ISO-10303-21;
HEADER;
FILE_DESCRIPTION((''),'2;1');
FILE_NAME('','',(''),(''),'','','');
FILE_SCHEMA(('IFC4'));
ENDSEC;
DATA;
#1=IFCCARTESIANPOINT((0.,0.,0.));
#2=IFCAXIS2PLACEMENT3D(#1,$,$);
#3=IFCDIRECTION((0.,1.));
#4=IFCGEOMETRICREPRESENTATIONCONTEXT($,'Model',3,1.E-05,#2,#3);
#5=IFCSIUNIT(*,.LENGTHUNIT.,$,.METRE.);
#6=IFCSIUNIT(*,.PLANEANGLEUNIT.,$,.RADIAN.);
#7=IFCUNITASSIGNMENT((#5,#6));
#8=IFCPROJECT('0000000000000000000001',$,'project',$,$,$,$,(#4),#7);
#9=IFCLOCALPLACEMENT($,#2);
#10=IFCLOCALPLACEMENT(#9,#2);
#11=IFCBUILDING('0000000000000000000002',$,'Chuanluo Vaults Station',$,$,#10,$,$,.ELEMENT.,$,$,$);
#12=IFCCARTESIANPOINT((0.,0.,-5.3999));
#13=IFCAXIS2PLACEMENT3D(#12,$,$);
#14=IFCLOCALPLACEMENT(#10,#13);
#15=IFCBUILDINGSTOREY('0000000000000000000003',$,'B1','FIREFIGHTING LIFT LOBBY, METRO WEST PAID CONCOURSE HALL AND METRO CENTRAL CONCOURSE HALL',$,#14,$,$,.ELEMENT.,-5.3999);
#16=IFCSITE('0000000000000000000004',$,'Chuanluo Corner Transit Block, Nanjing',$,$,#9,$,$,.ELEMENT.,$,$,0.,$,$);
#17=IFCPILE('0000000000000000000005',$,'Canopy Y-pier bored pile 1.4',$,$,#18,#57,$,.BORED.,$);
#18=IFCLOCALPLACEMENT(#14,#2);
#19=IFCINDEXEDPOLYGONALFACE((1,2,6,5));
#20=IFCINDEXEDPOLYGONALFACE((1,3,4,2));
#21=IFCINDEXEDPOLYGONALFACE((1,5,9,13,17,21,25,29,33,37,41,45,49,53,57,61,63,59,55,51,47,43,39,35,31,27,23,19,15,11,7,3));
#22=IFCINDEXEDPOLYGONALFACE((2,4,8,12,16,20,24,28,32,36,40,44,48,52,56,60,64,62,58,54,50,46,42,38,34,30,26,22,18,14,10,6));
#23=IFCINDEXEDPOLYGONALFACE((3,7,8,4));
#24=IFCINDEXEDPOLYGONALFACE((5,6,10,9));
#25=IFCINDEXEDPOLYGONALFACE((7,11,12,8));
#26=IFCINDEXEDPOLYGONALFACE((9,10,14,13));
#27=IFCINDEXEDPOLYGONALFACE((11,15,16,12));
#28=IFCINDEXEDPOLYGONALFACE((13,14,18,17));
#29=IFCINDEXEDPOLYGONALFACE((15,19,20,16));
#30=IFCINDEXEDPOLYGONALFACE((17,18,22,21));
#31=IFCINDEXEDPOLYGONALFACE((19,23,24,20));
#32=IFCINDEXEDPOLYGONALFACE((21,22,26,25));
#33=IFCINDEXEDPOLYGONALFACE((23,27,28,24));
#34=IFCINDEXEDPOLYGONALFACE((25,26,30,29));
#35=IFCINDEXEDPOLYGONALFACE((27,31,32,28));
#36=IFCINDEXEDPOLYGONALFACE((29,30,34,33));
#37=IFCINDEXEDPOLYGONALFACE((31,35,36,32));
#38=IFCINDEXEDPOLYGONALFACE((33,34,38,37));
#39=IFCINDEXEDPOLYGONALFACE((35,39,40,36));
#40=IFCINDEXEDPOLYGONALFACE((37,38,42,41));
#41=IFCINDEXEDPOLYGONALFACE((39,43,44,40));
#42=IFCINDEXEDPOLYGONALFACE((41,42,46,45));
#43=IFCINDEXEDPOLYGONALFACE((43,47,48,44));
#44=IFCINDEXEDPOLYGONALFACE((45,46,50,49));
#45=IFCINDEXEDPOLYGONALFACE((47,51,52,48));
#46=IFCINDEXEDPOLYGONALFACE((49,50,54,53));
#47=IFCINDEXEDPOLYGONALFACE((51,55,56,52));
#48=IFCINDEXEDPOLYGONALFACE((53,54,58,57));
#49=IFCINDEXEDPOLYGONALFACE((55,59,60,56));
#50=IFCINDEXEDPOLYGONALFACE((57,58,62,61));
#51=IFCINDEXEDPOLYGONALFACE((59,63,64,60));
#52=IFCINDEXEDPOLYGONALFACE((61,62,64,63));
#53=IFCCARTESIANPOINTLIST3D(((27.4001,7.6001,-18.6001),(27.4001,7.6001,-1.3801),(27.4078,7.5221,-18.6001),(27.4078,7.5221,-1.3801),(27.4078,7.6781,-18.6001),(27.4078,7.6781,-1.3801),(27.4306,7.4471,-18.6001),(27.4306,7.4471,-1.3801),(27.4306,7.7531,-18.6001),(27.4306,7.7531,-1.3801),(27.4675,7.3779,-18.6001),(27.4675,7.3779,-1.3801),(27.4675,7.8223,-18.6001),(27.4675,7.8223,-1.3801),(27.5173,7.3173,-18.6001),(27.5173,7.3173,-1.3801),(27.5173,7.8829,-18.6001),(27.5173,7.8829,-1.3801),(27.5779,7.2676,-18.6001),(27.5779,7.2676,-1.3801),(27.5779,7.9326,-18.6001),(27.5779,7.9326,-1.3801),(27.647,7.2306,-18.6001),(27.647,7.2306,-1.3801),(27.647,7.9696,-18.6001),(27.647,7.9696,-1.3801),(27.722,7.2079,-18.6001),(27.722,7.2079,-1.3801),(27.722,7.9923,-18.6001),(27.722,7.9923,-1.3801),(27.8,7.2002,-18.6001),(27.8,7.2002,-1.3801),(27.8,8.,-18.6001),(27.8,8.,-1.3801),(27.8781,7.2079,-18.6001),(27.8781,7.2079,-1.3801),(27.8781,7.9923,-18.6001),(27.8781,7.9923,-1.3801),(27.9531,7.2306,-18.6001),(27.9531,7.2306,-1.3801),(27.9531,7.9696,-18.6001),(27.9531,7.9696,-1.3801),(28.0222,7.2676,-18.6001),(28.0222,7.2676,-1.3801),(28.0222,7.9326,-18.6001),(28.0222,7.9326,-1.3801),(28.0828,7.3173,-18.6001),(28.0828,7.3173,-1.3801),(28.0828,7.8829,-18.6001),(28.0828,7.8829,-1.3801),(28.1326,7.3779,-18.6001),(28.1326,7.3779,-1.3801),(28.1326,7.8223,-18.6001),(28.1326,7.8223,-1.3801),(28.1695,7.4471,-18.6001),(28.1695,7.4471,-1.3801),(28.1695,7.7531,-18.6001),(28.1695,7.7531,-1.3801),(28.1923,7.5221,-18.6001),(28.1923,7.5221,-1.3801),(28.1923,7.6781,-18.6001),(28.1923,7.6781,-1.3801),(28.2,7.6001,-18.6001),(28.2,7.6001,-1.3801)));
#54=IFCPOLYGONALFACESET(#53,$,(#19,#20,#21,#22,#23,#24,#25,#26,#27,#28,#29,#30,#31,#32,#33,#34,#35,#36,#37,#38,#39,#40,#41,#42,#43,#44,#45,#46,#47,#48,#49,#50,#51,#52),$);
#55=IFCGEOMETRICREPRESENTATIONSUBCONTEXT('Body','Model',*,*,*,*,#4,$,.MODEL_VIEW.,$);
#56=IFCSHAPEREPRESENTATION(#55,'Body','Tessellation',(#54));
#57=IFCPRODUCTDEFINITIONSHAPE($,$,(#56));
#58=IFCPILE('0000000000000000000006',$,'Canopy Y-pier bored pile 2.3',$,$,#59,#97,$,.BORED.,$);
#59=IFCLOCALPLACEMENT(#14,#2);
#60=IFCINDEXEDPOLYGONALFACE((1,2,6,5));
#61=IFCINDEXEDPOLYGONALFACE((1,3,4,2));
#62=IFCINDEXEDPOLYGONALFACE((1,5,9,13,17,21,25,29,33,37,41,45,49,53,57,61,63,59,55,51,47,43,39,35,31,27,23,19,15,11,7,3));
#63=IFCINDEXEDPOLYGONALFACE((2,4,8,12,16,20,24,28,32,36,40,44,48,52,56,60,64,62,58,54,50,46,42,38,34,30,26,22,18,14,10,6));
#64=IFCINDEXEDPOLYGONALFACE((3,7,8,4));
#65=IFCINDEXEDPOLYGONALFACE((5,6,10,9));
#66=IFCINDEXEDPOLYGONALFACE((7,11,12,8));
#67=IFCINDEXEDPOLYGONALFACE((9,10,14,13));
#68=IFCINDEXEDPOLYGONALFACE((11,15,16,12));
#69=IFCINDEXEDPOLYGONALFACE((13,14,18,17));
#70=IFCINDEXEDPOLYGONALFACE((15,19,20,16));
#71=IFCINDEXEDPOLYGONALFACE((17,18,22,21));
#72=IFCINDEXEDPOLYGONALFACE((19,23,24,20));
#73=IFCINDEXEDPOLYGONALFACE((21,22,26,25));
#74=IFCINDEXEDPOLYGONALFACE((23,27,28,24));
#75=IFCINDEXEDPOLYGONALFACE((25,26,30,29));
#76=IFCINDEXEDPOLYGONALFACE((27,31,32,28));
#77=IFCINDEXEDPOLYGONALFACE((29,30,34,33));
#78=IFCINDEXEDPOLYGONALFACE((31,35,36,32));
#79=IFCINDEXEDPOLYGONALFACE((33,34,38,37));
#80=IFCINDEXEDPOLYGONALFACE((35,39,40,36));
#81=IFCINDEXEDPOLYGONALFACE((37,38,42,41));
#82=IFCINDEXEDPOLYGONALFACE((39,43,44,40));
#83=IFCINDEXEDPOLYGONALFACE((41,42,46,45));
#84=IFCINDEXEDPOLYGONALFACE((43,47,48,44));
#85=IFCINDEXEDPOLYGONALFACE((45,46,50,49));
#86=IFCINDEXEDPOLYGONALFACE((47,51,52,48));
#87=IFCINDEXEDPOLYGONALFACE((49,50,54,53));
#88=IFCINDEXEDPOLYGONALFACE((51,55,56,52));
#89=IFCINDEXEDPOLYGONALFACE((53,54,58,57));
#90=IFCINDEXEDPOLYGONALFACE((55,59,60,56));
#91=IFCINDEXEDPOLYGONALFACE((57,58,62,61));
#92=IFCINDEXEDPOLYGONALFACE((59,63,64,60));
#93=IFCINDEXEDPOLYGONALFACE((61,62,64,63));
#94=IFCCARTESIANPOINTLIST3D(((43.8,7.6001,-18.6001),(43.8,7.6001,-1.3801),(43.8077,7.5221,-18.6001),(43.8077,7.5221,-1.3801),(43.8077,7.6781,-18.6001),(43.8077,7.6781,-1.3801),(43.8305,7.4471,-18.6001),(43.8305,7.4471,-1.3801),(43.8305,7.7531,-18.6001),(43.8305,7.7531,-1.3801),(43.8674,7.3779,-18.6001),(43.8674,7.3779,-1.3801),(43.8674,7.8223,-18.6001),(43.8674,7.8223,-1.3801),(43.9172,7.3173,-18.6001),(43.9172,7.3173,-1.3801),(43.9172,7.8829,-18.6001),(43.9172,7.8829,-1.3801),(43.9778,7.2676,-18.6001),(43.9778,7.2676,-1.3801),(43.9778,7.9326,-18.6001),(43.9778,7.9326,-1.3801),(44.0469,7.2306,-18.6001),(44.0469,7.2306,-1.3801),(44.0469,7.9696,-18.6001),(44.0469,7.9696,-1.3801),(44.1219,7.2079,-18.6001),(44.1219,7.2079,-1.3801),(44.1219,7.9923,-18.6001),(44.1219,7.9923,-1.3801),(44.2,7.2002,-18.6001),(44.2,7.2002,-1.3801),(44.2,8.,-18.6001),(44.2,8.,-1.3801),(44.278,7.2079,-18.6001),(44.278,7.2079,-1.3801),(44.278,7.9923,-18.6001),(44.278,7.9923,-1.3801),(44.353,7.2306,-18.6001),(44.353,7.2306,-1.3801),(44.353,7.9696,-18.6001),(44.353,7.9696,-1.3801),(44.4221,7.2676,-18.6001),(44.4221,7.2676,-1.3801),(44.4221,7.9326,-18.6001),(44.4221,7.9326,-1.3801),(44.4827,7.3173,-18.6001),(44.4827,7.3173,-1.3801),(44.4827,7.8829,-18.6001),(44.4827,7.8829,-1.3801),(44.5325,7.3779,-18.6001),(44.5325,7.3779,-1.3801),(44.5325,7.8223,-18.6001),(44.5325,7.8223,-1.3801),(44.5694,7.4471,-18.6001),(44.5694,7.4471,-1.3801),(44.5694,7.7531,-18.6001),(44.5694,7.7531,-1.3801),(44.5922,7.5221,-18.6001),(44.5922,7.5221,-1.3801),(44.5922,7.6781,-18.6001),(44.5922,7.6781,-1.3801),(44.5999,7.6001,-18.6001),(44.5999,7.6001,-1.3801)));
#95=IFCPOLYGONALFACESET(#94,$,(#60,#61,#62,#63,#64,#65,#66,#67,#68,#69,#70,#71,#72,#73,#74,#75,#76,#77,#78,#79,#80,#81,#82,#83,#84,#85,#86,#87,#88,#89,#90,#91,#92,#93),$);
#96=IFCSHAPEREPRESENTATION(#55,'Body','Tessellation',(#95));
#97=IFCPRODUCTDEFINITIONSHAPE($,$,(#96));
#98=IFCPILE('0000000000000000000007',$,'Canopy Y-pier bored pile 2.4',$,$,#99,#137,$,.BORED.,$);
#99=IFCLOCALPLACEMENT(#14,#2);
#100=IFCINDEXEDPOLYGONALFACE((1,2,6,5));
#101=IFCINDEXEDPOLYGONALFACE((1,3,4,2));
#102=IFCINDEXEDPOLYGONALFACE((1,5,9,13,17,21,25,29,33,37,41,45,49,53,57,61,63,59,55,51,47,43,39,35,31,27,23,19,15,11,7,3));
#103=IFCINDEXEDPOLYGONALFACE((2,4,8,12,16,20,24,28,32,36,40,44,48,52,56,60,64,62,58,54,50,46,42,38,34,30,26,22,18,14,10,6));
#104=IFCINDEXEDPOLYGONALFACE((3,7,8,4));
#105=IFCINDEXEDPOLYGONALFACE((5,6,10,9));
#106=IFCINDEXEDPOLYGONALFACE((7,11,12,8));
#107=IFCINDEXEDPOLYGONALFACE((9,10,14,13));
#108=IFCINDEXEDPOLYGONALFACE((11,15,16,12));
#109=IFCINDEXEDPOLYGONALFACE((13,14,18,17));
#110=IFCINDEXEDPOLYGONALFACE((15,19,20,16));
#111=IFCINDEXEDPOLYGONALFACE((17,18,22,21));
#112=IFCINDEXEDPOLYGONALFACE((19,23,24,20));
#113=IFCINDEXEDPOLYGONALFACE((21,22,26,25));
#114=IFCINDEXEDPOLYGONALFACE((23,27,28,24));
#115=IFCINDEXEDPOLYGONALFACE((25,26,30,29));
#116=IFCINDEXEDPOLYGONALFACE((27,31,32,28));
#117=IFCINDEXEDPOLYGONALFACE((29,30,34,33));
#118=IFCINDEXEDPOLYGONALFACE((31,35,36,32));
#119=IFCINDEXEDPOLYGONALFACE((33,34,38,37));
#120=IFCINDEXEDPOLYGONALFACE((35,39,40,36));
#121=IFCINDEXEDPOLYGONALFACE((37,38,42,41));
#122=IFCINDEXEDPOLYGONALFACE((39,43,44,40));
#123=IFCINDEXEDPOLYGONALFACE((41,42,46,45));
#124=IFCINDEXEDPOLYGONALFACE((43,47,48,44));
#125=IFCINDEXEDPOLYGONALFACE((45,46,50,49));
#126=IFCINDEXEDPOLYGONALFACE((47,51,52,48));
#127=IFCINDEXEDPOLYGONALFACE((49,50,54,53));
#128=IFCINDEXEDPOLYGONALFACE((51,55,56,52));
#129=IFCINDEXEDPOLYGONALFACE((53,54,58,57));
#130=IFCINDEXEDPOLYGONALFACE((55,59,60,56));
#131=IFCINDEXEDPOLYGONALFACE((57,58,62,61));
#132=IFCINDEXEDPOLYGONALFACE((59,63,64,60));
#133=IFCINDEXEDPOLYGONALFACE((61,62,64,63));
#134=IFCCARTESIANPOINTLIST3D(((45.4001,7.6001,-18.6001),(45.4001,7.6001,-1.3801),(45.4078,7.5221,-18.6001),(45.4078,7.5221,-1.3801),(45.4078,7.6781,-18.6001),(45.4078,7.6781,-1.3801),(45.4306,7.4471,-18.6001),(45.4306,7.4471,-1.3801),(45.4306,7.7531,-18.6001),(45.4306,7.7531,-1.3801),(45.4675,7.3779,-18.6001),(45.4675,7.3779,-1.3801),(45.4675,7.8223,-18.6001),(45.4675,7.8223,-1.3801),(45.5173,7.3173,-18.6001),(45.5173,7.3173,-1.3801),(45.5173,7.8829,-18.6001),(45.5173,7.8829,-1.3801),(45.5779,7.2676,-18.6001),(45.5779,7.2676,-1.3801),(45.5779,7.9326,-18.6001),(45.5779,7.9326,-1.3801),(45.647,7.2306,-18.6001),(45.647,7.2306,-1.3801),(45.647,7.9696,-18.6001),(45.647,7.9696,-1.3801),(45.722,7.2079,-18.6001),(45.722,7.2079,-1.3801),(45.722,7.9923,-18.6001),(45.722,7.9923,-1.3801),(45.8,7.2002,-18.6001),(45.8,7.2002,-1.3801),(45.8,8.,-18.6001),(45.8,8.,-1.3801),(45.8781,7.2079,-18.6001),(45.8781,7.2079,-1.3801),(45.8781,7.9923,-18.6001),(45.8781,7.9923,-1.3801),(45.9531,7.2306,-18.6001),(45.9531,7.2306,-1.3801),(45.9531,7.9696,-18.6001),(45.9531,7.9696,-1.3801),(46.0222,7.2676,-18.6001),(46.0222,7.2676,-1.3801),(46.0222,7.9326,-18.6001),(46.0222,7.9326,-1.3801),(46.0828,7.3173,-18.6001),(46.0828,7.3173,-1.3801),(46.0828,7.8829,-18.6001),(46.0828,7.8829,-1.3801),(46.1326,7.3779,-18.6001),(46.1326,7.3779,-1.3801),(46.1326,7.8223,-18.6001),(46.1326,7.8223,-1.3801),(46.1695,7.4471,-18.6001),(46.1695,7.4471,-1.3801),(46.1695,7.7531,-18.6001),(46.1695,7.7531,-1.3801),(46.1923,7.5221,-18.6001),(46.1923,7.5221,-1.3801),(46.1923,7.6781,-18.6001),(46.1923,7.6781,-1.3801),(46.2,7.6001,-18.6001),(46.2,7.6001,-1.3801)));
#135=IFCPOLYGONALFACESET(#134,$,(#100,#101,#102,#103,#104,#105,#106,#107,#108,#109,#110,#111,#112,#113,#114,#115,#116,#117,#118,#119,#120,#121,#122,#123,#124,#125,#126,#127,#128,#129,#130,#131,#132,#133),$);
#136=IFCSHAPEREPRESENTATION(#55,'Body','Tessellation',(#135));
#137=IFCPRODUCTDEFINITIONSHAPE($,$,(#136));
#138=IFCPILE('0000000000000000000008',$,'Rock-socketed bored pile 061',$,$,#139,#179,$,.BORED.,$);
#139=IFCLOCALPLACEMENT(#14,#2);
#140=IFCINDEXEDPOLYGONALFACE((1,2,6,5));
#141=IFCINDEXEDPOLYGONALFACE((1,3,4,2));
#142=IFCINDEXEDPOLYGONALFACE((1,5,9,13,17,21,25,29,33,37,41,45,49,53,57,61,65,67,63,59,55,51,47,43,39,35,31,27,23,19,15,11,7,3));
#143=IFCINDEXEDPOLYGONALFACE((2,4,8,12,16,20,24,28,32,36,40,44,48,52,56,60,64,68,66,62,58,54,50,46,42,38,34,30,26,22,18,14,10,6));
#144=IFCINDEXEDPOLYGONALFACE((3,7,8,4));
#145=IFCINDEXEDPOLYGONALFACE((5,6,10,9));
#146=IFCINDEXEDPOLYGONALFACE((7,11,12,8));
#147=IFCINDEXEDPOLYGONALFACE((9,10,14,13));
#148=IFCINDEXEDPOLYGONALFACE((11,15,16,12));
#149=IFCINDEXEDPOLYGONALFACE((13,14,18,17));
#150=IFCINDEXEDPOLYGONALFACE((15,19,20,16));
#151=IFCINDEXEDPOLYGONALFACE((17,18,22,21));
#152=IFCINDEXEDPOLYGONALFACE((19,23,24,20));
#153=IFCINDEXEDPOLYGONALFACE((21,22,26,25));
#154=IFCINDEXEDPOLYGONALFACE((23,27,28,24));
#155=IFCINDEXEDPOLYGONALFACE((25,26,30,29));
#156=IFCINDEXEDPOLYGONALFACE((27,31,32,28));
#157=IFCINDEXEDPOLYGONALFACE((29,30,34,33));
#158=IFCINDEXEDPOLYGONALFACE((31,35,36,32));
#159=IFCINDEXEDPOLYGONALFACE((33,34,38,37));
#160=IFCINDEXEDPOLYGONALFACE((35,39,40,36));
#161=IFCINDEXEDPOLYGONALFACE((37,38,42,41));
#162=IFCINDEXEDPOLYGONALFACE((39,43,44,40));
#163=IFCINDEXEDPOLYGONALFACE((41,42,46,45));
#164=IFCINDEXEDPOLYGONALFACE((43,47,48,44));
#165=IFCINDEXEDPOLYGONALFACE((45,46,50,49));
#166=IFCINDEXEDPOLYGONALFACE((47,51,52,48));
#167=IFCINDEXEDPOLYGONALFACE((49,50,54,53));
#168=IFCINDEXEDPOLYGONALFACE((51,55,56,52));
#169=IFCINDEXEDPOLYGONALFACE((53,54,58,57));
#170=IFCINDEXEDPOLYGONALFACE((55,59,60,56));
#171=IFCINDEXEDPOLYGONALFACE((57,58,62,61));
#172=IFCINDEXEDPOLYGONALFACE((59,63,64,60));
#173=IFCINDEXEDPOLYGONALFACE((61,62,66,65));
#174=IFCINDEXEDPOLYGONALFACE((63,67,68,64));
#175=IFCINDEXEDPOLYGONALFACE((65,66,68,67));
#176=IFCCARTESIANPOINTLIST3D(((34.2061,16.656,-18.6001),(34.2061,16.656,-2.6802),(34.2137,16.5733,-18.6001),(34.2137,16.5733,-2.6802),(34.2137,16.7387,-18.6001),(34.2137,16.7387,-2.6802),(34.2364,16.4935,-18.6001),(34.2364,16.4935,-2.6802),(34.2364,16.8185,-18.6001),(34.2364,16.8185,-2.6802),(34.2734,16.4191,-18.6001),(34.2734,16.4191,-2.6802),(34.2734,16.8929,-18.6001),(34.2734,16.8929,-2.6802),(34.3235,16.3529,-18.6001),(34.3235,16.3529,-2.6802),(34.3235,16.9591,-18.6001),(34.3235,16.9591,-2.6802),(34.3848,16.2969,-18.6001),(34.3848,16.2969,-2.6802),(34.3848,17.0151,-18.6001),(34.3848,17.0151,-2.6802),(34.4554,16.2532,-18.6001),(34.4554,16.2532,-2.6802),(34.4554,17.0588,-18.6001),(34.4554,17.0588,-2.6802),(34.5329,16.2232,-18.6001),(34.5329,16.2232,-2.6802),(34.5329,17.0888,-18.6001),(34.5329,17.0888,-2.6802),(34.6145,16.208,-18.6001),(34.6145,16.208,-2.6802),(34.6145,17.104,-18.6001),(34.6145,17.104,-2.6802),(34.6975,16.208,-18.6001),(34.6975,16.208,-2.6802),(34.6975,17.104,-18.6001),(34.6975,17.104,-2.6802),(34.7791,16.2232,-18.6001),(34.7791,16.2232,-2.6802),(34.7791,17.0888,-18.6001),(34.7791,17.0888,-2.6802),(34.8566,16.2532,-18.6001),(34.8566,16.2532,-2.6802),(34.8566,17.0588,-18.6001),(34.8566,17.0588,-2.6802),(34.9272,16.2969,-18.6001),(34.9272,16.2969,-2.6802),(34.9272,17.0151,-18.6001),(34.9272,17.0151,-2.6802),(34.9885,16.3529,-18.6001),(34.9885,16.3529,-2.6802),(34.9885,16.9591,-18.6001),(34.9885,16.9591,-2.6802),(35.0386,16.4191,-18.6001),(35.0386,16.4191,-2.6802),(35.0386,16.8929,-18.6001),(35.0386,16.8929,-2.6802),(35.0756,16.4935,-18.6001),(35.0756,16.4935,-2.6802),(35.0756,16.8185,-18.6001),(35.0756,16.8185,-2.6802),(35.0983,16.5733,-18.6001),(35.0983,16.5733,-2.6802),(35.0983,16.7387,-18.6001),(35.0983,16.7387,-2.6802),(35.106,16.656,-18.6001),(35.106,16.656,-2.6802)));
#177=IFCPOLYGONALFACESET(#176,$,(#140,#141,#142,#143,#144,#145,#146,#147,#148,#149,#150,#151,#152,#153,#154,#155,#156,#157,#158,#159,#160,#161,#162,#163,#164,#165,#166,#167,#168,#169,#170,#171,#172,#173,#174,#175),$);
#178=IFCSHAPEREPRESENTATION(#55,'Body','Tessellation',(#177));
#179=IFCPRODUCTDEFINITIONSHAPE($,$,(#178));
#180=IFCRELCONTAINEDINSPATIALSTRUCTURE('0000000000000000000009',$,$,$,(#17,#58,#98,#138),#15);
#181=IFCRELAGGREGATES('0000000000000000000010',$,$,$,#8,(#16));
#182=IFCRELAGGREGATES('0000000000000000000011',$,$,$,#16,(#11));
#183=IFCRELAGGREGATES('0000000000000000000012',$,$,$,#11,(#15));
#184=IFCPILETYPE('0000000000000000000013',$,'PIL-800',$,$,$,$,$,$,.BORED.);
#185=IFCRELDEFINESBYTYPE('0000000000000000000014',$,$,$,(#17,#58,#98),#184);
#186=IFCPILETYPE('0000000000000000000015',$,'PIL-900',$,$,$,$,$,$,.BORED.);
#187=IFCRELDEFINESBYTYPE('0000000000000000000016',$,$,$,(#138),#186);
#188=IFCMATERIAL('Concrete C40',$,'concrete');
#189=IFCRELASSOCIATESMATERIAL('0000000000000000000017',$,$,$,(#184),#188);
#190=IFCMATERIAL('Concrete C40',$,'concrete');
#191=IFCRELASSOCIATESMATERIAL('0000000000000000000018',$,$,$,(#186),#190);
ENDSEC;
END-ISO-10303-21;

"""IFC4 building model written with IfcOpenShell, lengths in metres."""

from ifc_helpers import new_model, si_unit, direction, frame, origin, origin_2d, place, context, subcontext, project, spatial, circle, extrude, material, material_profile, profile_set, type_object, element, save


model = new_model("IFC4")

# Units and contexts
model_context = context("Model", 3, precision=1e-05, world=origin(), true_north=direction((0.0, 1.0)))
body_context = subcontext(model_context, "Body", "Model", "MODEL_VIEW")
ifc_project = project(units=[si_unit("LENGTHUNIT", "METRE"), si_unit("PLANEANGLEUNIT", "RADIAN")], contexts=[model_context])

# Site, building, storey
site_placement = place(None, origin())
site = spatial("IfcSite", under=ifc_project, at=site_placement, Name="Chuanluo Corner Transit Block, Nanjing", CompositionType="ELEMENT", RefElevation=0.0)
building_placement = place(site_placement, origin())
building = spatial("IfcBuilding", under=site, at=building_placement, Name="Chuanluo Vaults Station", CompositionType="ELEMENT")
storey_placement = place(building_placement, frame((0.0, 0.0, -5.3999)))
storey = spatial("IfcBuildingStorey", under=building, at=storey_placement, Name="B1", Description="FIREFIGHTING LIFT LOBBY, METRO WEST PAID CONCOURSE HALL AND METRO CENTRAL CONCOURSE HALL", CompositionType="ELEMENT", Elevation=-5.3999)

# Piles
ifc_material_1 = material(Name="Concrete C40", Category="concrete")
ifc_material_profile_1 = material_profile(ifc_material_1, circle(Radius=0.3999, at=origin_2d()))
ifc_profile_set_1 = profile_set([ifc_material_profile_1], Name="Concrete C40")
pile_type_1 = type_object("IfcPileType", Name="PIL-800", PredefinedType="BORED", material=ifc_profile_set_1)
for number, where, z_axis, x_axis, name in (
    (1, (27.8, 7.6001, -1.3801), (0.0, 0.0, -1.0), (1.0, 0.0, 0.0), "Canopy Y-pier bored pile 1.4"),
    (2, (44.2, 7.6001, -1.3801), (0.0, 0.0, -1.0), (1.0, 0.0, 0.0), "Canopy Y-pier bored pile 2.3"),
    (3, (45.8, 7.6001, -1.3801), (0.0, 0.0, -1.0), (1.0, 0.0, 0.0), "Canopy Y-pier bored pile 2.4"),
):
    element("IfcPile", number, at=place(storey_placement, frame(where, z_axis=z_axis, x_axis=x_axis)), inside=storey, type_object=pile_type_1, Name=name, PredefinedType="BORED", context=body_context, shape_type="SweptSolid", body=[
        extrude(circle(Radius=0.3999, at=origin_2d()), origin(), (0.0, 0.0, 1.0), 17.22),
    ])
ifc_material_2 = material(Name="Concrete C40", Category="concrete")
ifc_material_profile_2 = material_profile(ifc_material_2, circle(Radius=0.45, at=origin_2d()))
ifc_profile_set_2 = profile_set([ifc_material_profile_2], Name="Concrete C40")
pile_type_2 = type_object("IfcPileType", Name="PIL-900", PredefinedType="BORED", material=ifc_profile_set_2)
for number, where, z_axis, x_axis, name in (
    (4, (34.656, 16.656, -2.6802), (0.0, 0.0, -1.0), (1.0, 0.0, 0.0), "Rock-socketed bored pile 061"),
):
    element("IfcPile", number, at=place(storey_placement, frame(where, z_axis=z_axis, x_axis=x_axis)), inside=storey, type_object=pile_type_2, Name=name, PredefinedType="BORED", context=body_context, shape_type="SweptSolid", body=[
        extrude(circle(Radius=0.45, at=origin_2d()), origin(), (0.0, 0.0, 1.0), 15.9199),
    ])

save(model, "model.ifc")
